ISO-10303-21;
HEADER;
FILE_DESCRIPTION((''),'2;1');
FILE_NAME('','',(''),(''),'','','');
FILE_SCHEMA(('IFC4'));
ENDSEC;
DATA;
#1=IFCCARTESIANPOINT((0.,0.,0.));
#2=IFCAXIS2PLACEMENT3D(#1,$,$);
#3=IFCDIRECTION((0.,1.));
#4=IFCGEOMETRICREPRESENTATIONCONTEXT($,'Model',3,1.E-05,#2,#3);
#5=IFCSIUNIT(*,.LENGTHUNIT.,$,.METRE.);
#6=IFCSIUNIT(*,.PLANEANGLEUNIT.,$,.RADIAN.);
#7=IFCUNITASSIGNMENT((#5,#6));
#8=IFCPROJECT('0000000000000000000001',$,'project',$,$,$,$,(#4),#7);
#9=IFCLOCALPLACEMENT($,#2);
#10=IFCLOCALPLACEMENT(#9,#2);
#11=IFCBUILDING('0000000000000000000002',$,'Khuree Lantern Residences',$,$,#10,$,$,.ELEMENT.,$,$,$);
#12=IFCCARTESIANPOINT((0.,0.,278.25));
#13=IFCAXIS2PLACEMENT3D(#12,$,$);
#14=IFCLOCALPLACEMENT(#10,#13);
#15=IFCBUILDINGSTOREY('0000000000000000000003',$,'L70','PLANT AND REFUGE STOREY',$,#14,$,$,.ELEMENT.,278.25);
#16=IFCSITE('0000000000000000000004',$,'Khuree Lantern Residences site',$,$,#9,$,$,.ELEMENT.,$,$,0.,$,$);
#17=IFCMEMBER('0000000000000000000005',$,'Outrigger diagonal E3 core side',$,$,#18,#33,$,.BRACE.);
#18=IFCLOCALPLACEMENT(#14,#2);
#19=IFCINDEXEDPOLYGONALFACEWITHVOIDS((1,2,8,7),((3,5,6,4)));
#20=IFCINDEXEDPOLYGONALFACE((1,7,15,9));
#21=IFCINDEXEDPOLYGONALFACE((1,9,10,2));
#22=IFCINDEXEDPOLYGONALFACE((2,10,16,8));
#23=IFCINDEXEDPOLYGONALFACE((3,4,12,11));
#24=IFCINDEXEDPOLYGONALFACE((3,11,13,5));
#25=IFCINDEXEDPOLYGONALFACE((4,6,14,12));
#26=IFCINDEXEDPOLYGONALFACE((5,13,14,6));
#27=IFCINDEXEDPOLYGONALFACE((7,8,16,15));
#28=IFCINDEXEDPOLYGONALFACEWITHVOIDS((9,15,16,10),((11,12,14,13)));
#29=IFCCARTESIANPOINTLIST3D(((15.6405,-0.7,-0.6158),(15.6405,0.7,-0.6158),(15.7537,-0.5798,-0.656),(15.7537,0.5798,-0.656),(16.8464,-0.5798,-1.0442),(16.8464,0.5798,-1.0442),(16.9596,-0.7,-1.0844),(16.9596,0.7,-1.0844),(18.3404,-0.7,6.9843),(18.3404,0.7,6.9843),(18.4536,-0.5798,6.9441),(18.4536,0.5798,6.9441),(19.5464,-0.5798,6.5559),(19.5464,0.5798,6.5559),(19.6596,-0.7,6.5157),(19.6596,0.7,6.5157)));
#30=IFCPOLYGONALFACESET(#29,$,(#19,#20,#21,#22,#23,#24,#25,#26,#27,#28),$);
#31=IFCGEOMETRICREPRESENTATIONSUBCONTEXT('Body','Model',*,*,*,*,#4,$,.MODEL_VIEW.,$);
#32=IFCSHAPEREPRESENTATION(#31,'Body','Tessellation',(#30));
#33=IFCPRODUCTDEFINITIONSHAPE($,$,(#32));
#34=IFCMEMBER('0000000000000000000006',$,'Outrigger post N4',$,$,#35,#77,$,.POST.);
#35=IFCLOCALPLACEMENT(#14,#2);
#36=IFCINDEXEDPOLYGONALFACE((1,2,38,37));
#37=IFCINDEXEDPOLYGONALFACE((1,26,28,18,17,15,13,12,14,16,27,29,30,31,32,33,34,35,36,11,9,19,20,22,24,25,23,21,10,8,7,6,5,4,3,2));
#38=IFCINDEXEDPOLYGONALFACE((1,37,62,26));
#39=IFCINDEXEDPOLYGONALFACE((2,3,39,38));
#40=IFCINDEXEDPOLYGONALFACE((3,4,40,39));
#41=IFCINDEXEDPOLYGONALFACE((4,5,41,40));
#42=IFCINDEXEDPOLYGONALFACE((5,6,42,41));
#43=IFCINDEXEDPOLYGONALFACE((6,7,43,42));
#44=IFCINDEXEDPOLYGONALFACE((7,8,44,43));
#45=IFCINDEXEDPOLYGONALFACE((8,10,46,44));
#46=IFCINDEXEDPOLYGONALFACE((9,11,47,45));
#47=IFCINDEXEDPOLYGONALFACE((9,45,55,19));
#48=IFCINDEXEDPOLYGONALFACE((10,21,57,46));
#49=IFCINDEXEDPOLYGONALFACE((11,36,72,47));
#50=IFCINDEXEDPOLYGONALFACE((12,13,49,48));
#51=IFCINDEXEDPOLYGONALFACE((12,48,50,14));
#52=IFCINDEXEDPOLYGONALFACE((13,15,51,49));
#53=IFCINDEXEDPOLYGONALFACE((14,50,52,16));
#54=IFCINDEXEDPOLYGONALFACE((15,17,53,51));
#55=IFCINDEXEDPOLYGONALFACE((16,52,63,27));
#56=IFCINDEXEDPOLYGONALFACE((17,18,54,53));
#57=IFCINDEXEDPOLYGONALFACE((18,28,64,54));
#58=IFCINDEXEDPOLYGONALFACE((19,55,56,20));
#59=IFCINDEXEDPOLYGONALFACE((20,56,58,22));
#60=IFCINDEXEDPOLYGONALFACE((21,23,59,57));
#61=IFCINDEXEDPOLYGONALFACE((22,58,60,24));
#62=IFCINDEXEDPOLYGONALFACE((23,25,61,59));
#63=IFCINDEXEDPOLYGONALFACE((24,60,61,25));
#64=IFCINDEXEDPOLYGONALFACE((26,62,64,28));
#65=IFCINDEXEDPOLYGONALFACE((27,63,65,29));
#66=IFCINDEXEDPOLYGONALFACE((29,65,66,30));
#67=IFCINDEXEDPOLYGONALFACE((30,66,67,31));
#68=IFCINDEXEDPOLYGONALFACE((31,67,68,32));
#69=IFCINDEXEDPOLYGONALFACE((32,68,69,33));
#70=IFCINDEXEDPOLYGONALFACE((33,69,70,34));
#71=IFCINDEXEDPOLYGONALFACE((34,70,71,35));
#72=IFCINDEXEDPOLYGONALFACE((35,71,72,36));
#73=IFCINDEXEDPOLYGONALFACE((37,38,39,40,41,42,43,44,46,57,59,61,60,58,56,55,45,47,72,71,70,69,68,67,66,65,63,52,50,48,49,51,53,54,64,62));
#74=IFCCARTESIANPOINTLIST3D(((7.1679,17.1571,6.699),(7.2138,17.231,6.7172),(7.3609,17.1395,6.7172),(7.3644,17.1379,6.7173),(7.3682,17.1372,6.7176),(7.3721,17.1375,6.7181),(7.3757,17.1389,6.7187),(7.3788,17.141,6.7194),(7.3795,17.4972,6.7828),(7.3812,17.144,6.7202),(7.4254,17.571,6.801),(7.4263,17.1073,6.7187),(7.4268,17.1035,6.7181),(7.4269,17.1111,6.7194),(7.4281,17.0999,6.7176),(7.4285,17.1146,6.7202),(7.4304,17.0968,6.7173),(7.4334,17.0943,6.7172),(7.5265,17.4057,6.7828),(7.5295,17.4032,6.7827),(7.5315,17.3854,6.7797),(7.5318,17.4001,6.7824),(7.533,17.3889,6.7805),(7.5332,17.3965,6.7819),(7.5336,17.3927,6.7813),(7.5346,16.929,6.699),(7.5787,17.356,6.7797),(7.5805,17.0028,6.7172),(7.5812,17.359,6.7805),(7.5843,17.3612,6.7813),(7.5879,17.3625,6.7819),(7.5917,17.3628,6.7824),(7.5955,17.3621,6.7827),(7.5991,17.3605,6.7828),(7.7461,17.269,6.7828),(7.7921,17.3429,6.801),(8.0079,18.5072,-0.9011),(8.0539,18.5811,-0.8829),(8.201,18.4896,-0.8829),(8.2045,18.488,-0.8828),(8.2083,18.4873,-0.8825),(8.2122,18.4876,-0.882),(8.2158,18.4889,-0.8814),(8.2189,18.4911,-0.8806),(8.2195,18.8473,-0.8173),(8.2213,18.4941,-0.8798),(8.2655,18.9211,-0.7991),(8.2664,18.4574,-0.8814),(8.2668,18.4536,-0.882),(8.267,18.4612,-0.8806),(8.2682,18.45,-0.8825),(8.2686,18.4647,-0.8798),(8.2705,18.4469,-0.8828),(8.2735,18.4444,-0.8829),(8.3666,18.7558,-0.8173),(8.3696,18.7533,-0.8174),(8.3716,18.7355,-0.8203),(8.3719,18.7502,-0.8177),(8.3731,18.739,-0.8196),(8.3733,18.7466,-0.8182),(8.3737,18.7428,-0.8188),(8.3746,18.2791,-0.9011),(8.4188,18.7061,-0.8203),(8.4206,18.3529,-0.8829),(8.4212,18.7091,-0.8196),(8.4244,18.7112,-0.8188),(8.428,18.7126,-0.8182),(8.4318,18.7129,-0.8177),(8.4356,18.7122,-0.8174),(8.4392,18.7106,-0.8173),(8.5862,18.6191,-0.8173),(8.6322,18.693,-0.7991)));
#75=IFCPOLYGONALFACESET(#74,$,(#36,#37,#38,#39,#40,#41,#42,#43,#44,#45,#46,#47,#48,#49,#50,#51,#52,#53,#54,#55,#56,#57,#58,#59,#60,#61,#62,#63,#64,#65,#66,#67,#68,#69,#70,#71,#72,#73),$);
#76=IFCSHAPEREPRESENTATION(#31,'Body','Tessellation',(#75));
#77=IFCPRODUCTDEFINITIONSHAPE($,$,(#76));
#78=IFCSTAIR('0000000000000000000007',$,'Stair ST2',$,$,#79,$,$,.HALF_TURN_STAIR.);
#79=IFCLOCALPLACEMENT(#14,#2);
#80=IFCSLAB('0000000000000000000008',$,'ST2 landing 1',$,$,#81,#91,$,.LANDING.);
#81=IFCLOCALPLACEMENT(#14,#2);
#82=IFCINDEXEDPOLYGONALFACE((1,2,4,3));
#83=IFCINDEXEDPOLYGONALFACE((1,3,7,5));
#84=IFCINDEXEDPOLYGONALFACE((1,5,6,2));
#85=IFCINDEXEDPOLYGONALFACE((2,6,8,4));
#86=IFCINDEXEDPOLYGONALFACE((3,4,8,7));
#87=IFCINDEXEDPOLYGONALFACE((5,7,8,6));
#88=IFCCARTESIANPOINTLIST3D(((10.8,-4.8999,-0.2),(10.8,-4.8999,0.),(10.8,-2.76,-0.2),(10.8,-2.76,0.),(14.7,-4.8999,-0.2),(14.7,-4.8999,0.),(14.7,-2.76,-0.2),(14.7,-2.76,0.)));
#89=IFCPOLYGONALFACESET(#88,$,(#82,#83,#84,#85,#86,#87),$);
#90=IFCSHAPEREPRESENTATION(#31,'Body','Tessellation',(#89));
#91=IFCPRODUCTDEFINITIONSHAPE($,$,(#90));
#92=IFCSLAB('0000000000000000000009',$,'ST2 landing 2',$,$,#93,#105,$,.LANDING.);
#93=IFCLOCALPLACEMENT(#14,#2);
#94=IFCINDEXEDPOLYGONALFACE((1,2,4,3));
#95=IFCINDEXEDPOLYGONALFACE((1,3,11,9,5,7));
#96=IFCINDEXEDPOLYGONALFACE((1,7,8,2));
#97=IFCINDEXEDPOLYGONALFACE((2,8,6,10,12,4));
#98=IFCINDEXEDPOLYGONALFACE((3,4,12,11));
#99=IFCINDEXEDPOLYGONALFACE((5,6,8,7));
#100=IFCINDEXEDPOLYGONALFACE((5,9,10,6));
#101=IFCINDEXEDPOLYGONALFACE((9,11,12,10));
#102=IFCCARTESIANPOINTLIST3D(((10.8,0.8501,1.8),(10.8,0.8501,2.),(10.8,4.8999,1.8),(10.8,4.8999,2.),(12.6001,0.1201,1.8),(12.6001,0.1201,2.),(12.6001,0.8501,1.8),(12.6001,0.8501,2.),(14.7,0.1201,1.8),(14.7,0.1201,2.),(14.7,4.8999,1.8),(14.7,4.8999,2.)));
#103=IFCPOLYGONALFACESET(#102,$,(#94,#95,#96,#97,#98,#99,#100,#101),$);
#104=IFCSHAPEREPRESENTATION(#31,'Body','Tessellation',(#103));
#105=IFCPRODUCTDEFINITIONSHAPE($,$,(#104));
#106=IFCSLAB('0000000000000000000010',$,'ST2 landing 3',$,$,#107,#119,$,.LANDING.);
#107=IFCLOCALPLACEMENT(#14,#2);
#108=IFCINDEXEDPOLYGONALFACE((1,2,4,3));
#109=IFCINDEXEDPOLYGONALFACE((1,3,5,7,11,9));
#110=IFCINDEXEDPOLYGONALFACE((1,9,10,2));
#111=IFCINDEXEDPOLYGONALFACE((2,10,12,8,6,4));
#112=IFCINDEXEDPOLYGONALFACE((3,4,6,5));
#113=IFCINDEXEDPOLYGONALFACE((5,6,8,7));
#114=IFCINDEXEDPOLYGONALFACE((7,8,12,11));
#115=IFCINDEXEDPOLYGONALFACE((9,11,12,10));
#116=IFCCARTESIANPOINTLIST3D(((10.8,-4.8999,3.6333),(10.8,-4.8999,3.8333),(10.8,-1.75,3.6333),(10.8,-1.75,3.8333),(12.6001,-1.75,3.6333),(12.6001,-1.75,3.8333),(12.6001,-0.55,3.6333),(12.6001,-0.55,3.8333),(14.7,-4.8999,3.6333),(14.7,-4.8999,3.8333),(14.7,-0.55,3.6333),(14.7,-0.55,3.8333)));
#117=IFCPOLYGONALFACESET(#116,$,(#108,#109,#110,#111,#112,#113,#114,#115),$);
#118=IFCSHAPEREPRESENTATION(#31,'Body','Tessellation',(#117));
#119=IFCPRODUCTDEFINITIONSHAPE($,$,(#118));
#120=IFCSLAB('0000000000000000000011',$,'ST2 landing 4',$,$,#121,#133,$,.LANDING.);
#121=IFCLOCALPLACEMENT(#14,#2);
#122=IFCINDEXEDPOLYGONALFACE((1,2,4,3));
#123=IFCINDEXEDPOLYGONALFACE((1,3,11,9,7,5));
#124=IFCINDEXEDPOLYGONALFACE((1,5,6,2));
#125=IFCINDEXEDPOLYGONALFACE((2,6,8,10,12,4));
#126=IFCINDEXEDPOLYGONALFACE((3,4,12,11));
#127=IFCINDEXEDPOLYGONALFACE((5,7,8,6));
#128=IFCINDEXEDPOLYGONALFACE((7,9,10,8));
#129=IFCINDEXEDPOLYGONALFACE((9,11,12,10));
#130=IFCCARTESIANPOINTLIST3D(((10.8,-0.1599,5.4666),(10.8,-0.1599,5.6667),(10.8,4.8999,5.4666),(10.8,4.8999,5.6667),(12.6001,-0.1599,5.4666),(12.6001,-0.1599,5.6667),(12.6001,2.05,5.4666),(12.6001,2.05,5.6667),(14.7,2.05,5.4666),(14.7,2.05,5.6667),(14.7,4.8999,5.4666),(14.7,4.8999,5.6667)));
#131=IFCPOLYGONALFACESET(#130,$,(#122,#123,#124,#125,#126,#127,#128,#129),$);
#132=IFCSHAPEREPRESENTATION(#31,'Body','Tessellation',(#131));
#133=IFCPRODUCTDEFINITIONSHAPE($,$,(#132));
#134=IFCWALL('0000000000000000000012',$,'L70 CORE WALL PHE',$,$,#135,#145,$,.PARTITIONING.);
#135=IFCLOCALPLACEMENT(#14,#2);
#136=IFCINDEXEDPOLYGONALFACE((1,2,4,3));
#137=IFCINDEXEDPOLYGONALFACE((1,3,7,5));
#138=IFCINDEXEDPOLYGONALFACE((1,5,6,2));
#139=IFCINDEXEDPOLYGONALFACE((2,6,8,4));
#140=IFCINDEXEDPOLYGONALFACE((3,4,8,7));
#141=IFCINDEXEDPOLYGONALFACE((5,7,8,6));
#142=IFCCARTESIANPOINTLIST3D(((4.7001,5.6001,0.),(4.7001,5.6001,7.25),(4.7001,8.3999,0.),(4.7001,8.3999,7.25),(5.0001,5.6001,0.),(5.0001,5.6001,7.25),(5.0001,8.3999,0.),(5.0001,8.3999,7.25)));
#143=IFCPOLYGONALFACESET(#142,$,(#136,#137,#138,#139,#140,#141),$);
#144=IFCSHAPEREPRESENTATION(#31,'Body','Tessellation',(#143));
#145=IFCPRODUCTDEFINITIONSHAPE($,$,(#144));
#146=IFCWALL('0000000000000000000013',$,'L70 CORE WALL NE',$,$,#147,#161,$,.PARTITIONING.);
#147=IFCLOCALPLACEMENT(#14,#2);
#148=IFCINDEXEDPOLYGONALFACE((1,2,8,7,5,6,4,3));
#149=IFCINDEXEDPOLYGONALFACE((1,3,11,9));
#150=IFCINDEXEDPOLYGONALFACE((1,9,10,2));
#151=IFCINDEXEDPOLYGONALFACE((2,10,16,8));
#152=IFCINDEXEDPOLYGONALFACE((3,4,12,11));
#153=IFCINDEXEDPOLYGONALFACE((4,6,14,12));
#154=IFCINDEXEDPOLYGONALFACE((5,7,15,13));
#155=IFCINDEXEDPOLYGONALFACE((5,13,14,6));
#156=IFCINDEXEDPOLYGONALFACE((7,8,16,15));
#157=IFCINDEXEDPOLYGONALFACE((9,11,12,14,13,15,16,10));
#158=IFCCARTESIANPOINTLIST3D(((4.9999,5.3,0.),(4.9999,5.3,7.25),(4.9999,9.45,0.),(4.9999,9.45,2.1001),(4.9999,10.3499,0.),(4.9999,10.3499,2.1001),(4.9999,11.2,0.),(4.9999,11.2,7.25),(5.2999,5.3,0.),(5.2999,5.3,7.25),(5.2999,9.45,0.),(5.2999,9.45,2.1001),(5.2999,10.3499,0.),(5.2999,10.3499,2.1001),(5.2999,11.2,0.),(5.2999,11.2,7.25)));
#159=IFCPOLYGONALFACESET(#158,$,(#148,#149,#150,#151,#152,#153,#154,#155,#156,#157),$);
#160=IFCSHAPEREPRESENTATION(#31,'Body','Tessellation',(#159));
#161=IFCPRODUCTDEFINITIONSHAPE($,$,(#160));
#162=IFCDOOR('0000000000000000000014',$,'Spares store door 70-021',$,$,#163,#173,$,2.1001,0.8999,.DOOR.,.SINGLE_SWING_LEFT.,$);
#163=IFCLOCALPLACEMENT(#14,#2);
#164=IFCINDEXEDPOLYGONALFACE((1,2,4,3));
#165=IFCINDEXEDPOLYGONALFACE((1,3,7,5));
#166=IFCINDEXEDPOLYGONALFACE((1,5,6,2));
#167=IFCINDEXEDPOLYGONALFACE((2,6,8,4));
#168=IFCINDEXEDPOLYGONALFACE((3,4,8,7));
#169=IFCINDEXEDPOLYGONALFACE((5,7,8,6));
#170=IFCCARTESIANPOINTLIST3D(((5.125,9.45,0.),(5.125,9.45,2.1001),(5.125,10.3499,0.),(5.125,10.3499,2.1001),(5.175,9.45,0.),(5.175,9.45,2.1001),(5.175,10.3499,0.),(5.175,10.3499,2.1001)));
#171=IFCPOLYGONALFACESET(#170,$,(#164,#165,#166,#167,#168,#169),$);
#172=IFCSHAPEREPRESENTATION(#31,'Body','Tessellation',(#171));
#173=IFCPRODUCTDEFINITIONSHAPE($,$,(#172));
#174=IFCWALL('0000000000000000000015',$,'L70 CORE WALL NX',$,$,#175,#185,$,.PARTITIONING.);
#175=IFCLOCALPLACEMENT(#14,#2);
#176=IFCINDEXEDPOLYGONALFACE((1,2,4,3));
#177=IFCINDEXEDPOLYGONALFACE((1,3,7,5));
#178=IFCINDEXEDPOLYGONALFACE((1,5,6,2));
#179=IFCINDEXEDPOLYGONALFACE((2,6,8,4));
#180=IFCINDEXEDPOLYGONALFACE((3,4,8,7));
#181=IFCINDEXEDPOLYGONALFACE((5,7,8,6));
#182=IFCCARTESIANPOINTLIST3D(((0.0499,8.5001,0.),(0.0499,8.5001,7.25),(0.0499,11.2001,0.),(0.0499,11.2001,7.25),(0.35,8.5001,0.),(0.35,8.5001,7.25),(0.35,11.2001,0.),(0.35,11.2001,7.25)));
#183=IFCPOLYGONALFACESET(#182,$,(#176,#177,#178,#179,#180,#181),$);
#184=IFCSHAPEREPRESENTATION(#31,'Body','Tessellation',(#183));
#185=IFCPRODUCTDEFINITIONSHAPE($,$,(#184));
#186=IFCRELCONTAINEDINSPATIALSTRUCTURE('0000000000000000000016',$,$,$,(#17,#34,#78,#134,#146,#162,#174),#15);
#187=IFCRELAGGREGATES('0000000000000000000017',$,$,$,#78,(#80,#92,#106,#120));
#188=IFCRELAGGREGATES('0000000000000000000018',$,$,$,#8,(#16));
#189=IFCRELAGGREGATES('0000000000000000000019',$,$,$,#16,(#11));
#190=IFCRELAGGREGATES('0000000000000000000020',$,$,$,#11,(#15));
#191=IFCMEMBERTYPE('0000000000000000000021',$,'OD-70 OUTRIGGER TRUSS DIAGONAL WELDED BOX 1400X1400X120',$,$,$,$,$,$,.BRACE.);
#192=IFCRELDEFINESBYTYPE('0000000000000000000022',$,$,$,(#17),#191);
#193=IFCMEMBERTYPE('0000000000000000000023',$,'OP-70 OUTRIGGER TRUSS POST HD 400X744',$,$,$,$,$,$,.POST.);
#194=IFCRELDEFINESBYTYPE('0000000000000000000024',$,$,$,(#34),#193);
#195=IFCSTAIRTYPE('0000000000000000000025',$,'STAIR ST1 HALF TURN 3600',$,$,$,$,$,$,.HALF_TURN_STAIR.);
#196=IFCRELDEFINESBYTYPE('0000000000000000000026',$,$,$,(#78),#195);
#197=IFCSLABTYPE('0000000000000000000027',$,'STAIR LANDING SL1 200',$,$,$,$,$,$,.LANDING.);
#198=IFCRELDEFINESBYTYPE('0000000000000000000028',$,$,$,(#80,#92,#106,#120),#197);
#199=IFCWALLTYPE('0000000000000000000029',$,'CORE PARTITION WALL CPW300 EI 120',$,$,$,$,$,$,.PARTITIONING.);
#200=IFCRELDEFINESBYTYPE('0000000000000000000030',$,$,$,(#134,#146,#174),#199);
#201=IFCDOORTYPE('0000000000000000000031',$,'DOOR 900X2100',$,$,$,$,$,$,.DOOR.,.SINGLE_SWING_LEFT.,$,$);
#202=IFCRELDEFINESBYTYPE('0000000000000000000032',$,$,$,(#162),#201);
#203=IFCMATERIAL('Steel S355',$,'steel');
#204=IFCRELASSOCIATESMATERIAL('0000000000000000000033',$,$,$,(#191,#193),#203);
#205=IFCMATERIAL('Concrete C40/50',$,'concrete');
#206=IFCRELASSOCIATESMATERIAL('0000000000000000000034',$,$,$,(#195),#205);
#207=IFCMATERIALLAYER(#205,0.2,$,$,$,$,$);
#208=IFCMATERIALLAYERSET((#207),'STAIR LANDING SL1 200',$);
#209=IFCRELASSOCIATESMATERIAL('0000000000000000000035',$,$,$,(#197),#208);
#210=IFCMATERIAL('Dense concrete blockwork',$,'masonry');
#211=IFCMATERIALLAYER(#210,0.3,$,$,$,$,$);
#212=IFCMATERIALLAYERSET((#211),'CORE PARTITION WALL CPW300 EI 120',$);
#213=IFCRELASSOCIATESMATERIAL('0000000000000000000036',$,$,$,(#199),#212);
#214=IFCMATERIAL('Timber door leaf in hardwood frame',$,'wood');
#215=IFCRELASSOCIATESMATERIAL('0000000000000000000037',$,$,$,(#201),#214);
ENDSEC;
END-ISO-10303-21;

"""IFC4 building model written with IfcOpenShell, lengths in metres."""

from ifc_helpers import new_model, si_unit, direction, frame, frame_2d, origin, origin_2d, place, context, subcontext, project, spatial, polyline, rectangle, hollow_rectangle, i_section, outline, extrude, material, layer, layer_set, material_profile, profile_set, type_object, element, fill, aggregate, save


model = new_model("IFC4")

# Units and contexts
model_context = context("Model", 3, precision=1e-05, world=origin(), true_north=direction((0.0, 1.0)))
body_context = subcontext(model_context, "Body", "Model", "MODEL_VIEW")
ifc_project = project(units=[si_unit("LENGTHUNIT", "METRE"), si_unit("PLANEANGLEUNIT", "RADIAN")], contexts=[model_context])

# Site, building, storey
site_placement = place(None, origin())
site = spatial("IfcSite", under=ifc_project, at=site_placement, Name="Khuree Lantern Residences site", CompositionType="ELEMENT", RefElevation=0.0)
building_placement = place(site_placement, origin())
building = spatial("IfcBuilding", under=site, at=building_placement, Name="Khuree Lantern Residences", CompositionType="ELEMENT")
storey_placement = place(building_placement, frame((0.0, 0.0, 278.25)))
storey = spatial("IfcBuildingStorey", under=building, at=storey_placement, Name="L70", Description="PLANT AND REFUGE STOREY", CompositionType="ELEMENT", Elevation=278.25)

# Shared definitions
ifc_material_1 = material(Name="Steel S355", Category="steel")

# Members
ifc_material_profile_1 = material_profile(ifc_material_1, hollow_rectangle(XDim=1.3999, YDim=1.3999, WallThickness=0.1201, at=origin_2d()), Name="WELDED BOX 1400X1400X120")
ifc_profile_set_1 = profile_set([ifc_material_profile_1], Name="Steel S355")
member_type_1 = type_object("IfcMemberType", Name="OD-70 OUTRIGGER TRUSS DIAGONAL WELDED BOX 1400X1400X120", PredefinedType="BRACE", material=ifc_profile_set_1)
member_1_placement = place(storey_placement, frame((16.3, 0.0, -0.8501), z_axis=(0.334756, 0.0, 0.942305), x_axis=(0.0, 1.0, 0.0)))
element("IfcMember", 1, at=member_1_placement, inside=storey, type_object=member_type_1, Name="Outrigger diagonal E3 core side", PredefinedType="BRACE", context=body_context, shape_type="SweptSolid", body=[
    extrude(hollow_rectangle(XDim=1.3999, YDim=1.3999, WallThickness=0.1201, at=origin_2d()), origin(), (0.0, 0.0, 1.0), 8.0654),
])
ifc_material_profile_2 = material_profile(ifc_material_1, i_section(OverallWidth=0.4319, OverallDepth=0.498, WebThickness=0.0557, FlangeThickness=0.0889, FilletRadius=0.0149, at=origin_2d()), Name="HD 400X744")
ifc_profile_set_2 = profile_set([ifc_material_profile_2], Name="Steel S355")
member_type_2 = type_object("IfcMemberType", Name="OP-70 OUTRIGGER TRUSS POST HD 400X744", PredefinedType="POST", material=ifc_profile_set_2)
member_2_placement = place(storey_placement, frame((8.3201, 18.6001, -0.8501), z_axis=(-0.108194, -0.173877, 0.978806), x_axis=(0.849049, -0.528314, 0.0)))
element("IfcMember", 2, at=member_2_placement, inside=storey, type_object=member_type_2, Name="Outrigger post N4", PredefinedType="POST", context=body_context, shape_type="SweptSolid", body=[
    extrude(i_section(OverallWidth=0.4319, OverallDepth=0.498, WebThickness=0.0557, FlangeThickness=0.0889, FilletRadius=0.0149, at=origin_2d()), origin(), (0.0, 0.0, 1.0), 7.7646),
])

# Stair, slabs
ifc_material_2 = material(Name="Concrete C40/50", Category="concrete")
stair_type = type_object("IfcStairType", Name="STAIR ST1 HALF TURN 3600", PredefinedType="HALF_TURN_STAIR", material=ifc_material_2)
stair_placement = place(storey_placement, origin())
stair = element("IfcStair", 3, at=stair_placement, inside=storey, type_object=stair_type, Name="Stair ST2", PredefinedType="HALF_TURN_STAIR")
ifc_layer_1 = layer(ifc_material_2, 0.2)
ifc_layer_set_1 = layer_set([ifc_layer_1], Name="STAIR LANDING SL1 200")
slab_type = type_object("IfcSlabType", Name="STAIR LANDING SL1 200", PredefinedType="LANDING", material=ifc_layer_set_1)
slab_1_placement = place(storey_placement, frame((0.0, 0.0, -0.2)))
slab_1 = element("IfcSlab", 4, at=slab_1_placement, type_object=slab_type, Name="ST2 landing 1", PredefinedType="LANDING", context=body_context, shape_type="SweptSolid", body=[
    extrude(outline(polyline([(10.8, -4.8999), (14.7, -4.8999), (14.7, -2.76), (10.8, -2.76), (10.8, -4.8999)])), origin(), (0.0, 0.0, 1.0), 0.2),
])
slab_2_placement = place(storey_placement, frame((0.0, 0.0, 1.8)))
slab_2 = element("IfcSlab", 5, at=slab_2_placement, type_object=slab_type, Name="ST2 landing 2", PredefinedType="LANDING", context=body_context, shape_type="SweptSolid", body=[
    extrude(outline(polyline([(14.7, 4.8999), (14.7, 0.1201), (12.6001, 0.1201), (12.6001, 0.8501), (10.8, 0.8501), (10.8, 4.8999), (14.7, 4.8999)])), origin(), (0.0, 0.0, 1.0), 0.2),
])
slab_3_placement = place(storey_placement, frame((0.0, 0.0, 3.6333)))
slab_3 = element("IfcSlab", 6, at=slab_3_placement, type_object=slab_type, Name="ST2 landing 3", PredefinedType="LANDING", context=body_context, shape_type="SweptSolid", body=[
    extrude(outline(polyline([(14.7, -4.8999), (10.8, -4.8999), (10.8, -1.75), (12.6001, -1.75), (12.6001, -0.55), (14.7, -0.55), (14.7, -4.8999)])), origin(), (0.0, 0.0, 1.0), 0.2),
])
slab_4_placement = place(storey_placement, frame((0.0, 0.0, 5.4666)))
slab_4 = element("IfcSlab", 7, at=slab_4_placement, type_object=slab_type, Name="ST2 landing 4", PredefinedType="LANDING", context=body_context, shape_type="SweptSolid", body=[
    extrude(outline(polyline([(12.6001, -0.1599), (10.8, -0.1599), (10.8, 4.8999), (14.7, 4.8999), (14.7, 2.05), (12.6001, 2.05), (12.6001, -0.1599)])), origin(), (0.0, 0.0, 1.0), 0.2002),
])

# Wall
ifc_material_3 = material(Name="Dense concrete blockwork", Category="masonry")
ifc_layer_2 = layer(ifc_material_3, 0.3)
ifc_layer_set_2 = layer_set([ifc_layer_2], Name="CORE PARTITION WALL CPW300 EI 120")
wall_type_1 = type_object("IfcWallType", Name="CORE PARTITION WALL CPW300 EI 120", PredefinedType="PARTITIONING", material=ifc_layer_set_2)
wall_1_placement = place(storey_placement, frame((4.8501, 5.6001, 0.0), z_axis=(0.0, 0.0, 1.0), x_axis=(0.0, 1.0, 0.0)))
element("IfcWall", 8, at=wall_1_placement, inside=storey, type_object=wall_type_1, Name="L70 CORE WALL PHE", PredefinedType="PARTITIONING", context=body_context, shape_type="SweptSolid", body=[
    extrude(rectangle(XDim=2.7998, YDim=0.3, at=frame_2d((1.3999, 0.0))), origin(), (0.0, 0.0, 1.0), 7.25),
])

# Wall, opening, door
wall_2_placement = place(storey_placement, frame((5.1499, 5.3, 0.0), z_axis=(0.0, 0.0, 1.0), x_axis=(0.0, 1.0, 0.0)))
wall_2 = element("IfcWall", 9, at=wall_2_placement, inside=storey, type_object=wall_type_1, Name="L70 CORE WALL NE", PredefinedType="PARTITIONING", context=body_context, shape_type="SweptSolid", body=[
    extrude(rectangle(XDim=5.8999, YDim=0.3, at=frame_2d((2.95, 0.0))), origin(), (0.0, 0.0, 1.0), 7.25),
])
opening_1_placement = place(wall_2_placement, frame((4.1499, 0.0, 0.0)))
opening_1 = element("IfcOpeningElement", 10, at=opening_1_placement, cuts=wall_2, PredefinedType="OPENING", context=body_context, shape_type="SweptSolid", body=[
    extrude(rectangle(XDim=0.8999, YDim=2.1001, at=frame_2d((0.45, 1.05))), frame((0.0, 0.1602, 0.0), z_axis=(0.0, -1.0, 0.0), x_axis=(1.0, 0.0, 0.0)), (0.0, 0.0, 1.0), 0.3201),
])
ifc_material_4 = material(Name="Timber door leaf in hardwood frame", Category="wood")
door_type_1 = type_object("IfcDoorType", Name="DOOR 900X2100", OperationType="SINGLE_SWING_LEFT", PredefinedType="DOOR", material=ifc_material_4)
door_1_placement = place(opening_1_placement, origin())
door_1 = element("IfcDoor", 11, at=door_1_placement, inside=storey, type_object=door_type_1, Name="Spares store door 70-021", OperationType="SINGLE_SWING_LEFT", OverallHeight=2.1001, OverallWidth=0.8999, PredefinedType="DOOR", context=body_context, shape_type="SweptSolid", body=[
    extrude(rectangle(XDim=0.8999, YDim=2.1001, at=frame_2d((0.45, 1.05))), frame((0.0, 0.0249, 0.0), z_axis=(0.0, -1.0, 0.0), x_axis=(1.0, 0.0, 0.0)), (0.0, 0.0, 1.0), 0.05),
])
fill(opening_1, door_1)

# Wall
wall_3_placement = place(storey_placement, frame((0.2, 8.5, 0.0), z_axis=(0.0, 0.0, 1.0), x_axis=(0.0, 1.0, 0.0)))
element("IfcWall", 12, at=wall_3_placement, inside=storey, type_object=wall_type_1, Name="L70 CORE WALL NX", PredefinedType="PARTITIONING", context=body_context, shape_type="SweptSolid", body=[
    extrude(rectangle(XDim=2.7, YDim=0.3, at=frame_2d((1.3501, 0.0))), origin(), (0.0, 0.0, 1.0), 7.25),
])

aggregate(stair, [slab_1, slab_2, slab_3, slab_4])

save(model, "model.ifc")
